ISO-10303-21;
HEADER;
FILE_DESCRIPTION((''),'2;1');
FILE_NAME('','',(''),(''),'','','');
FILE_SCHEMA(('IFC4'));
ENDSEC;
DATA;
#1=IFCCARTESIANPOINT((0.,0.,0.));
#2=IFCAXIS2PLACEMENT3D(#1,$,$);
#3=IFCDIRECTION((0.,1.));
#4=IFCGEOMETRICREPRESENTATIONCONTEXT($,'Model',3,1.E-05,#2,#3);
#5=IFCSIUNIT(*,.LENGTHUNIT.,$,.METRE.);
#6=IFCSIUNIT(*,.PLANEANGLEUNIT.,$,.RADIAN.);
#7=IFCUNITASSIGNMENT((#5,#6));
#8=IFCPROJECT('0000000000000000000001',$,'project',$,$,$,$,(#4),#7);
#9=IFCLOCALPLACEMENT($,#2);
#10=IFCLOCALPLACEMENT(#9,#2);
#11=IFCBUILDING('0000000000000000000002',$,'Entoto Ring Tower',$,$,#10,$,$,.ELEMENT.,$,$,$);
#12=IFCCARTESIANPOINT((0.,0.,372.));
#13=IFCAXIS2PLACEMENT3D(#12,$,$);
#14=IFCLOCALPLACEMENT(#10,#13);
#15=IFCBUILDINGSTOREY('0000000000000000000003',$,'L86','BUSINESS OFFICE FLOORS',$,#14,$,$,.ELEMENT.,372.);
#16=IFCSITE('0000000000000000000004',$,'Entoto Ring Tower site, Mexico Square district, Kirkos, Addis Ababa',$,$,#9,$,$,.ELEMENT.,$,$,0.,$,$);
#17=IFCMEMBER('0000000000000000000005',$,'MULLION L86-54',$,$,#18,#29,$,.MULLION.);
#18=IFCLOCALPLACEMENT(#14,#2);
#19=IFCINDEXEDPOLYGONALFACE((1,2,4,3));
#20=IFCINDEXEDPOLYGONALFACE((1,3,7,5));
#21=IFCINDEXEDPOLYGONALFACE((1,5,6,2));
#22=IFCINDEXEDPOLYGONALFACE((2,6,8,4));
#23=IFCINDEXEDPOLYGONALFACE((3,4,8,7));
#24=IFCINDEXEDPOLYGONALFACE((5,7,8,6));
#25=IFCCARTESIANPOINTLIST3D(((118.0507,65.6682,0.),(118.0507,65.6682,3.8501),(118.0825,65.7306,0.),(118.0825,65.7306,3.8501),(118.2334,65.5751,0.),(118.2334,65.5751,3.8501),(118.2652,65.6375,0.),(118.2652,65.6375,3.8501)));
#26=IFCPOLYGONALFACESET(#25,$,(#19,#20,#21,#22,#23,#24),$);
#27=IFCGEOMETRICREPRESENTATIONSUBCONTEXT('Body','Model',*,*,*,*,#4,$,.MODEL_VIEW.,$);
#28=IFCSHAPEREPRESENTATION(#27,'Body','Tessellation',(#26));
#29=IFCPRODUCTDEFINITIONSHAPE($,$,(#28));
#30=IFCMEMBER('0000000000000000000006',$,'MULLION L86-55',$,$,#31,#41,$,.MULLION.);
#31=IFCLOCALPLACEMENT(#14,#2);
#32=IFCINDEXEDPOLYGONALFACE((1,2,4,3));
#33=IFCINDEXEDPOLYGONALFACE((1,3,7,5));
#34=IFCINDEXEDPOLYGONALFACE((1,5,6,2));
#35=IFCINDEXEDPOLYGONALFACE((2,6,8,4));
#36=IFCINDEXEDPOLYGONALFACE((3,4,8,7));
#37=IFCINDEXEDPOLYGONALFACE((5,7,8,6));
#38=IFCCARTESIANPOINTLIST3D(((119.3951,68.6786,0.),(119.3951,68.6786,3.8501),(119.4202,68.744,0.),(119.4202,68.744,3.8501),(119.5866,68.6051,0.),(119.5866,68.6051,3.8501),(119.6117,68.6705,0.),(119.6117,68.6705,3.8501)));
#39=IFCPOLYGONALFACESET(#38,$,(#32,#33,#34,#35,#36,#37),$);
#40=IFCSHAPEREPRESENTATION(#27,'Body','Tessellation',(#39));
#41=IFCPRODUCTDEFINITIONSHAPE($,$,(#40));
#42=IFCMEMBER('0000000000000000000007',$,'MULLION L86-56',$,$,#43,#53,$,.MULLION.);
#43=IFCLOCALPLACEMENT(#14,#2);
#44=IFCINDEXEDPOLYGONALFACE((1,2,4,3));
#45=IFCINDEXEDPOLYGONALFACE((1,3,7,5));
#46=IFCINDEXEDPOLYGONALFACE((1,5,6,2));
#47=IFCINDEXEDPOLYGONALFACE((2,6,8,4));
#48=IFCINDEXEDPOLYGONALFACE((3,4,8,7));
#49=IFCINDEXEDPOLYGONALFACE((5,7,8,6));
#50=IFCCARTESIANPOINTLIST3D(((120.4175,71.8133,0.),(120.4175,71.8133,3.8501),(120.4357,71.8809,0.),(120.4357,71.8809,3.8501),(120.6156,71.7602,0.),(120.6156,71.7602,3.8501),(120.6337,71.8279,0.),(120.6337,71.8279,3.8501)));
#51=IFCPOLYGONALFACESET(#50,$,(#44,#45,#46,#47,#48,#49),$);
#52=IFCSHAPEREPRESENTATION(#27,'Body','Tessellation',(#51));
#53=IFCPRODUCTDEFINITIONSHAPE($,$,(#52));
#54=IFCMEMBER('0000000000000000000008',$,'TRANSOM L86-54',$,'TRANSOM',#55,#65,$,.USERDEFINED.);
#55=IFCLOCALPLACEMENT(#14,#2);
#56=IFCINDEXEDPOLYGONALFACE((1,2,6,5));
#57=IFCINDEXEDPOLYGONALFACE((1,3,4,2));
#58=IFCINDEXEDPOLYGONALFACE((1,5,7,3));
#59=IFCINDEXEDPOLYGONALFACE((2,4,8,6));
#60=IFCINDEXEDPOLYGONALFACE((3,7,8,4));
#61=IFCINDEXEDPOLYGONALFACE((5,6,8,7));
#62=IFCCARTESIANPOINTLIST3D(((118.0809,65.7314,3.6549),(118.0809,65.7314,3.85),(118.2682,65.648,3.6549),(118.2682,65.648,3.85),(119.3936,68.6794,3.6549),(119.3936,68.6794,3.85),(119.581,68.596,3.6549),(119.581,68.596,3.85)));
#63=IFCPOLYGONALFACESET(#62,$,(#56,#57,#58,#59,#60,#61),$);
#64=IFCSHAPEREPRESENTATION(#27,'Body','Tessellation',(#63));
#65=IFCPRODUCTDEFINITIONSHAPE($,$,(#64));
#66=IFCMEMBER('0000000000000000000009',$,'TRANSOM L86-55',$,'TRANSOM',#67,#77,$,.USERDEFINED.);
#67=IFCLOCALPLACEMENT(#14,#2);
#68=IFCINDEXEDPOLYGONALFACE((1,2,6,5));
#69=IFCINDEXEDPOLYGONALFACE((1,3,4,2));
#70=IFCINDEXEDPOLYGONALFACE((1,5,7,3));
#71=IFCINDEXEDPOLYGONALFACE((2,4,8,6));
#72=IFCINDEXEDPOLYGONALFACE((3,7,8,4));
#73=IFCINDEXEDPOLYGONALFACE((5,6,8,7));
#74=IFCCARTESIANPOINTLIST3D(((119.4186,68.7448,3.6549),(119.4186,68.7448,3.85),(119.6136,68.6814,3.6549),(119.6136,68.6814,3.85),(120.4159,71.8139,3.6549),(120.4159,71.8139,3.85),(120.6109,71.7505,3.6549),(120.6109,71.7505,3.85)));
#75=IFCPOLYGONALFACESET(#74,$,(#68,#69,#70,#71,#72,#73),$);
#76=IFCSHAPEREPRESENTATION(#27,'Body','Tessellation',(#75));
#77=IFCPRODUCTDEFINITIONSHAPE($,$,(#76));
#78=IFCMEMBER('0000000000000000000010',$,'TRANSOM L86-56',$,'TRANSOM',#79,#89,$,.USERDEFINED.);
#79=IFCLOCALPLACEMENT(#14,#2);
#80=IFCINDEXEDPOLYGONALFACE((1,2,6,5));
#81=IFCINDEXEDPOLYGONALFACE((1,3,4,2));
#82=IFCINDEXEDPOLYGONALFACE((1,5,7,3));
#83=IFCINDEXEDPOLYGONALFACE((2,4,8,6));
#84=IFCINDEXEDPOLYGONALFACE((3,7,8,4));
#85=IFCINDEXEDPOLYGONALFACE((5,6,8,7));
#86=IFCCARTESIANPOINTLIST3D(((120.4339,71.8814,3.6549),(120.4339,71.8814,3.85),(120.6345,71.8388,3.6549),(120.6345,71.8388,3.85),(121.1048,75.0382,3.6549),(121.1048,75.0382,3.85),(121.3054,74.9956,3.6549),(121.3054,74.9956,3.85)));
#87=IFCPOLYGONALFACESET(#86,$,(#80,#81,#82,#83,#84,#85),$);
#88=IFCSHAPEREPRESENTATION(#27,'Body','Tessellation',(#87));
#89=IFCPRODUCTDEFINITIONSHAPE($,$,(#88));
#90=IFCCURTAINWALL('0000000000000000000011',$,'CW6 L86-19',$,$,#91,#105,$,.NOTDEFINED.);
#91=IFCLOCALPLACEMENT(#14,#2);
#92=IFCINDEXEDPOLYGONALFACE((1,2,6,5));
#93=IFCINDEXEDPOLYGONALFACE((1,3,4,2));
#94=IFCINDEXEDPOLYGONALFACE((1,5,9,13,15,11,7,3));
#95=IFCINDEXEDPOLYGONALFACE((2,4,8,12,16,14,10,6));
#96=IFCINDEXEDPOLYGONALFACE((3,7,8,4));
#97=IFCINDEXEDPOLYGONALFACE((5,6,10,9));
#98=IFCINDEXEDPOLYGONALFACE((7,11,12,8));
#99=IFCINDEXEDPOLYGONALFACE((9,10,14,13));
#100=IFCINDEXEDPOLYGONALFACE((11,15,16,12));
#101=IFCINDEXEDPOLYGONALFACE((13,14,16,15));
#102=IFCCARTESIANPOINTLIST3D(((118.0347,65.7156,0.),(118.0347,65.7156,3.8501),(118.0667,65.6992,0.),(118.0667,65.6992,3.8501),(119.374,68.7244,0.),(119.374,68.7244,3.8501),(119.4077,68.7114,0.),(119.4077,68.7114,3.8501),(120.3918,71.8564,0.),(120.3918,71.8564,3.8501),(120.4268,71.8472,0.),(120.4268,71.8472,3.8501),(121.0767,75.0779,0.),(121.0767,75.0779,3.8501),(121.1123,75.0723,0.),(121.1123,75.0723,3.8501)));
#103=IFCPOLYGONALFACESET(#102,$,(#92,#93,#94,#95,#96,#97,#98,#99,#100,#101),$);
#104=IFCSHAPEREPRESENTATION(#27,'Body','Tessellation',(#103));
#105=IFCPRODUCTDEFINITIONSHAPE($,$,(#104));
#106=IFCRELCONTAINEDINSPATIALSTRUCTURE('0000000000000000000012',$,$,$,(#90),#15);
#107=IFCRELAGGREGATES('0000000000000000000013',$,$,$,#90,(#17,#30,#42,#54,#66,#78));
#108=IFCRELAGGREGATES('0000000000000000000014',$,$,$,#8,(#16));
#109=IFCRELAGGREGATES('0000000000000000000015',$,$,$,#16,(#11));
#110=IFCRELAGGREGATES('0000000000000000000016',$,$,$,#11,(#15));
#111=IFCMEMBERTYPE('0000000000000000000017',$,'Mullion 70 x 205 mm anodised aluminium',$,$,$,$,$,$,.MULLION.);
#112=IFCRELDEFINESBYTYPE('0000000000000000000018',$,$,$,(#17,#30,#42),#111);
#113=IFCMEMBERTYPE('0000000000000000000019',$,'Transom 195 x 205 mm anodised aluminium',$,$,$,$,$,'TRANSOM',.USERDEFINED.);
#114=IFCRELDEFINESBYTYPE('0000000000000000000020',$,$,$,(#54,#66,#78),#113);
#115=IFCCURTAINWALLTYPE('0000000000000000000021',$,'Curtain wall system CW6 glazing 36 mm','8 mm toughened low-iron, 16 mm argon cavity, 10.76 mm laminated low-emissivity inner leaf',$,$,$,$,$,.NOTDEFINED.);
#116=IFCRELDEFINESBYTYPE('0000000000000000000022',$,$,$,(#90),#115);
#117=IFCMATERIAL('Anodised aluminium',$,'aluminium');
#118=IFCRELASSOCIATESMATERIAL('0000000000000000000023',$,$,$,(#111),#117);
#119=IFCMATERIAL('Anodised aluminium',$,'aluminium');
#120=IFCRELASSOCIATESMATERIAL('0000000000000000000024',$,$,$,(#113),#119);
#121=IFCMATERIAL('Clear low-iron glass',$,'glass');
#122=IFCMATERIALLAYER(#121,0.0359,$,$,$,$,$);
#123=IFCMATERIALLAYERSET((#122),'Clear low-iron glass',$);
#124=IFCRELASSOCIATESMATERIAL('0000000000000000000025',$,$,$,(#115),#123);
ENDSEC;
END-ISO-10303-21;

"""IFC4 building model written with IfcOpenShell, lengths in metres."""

from ifc_helpers import new_model, si_unit, direction, frame, origin, origin_2d, place, context, subcontext, project, spatial, polyline, rectangle, outline, extrude, material, layer, layer_set, material_profile, profile_set, type_object, element, aggregate, save


model = new_model("IFC4")

# Units and contexts
model_context = context("Model", 3, precision=1e-05, world=origin(), true_north=direction((0.0, 1.0)))
body_context = subcontext(model_context, "Body", "Model", "MODEL_VIEW")
ifc_project = project(units=[si_unit("LENGTHUNIT", "METRE"), si_unit("PLANEANGLEUNIT", "RADIAN")], contexts=[model_context])

# Members
ifc_material_1 = material(Name="Anodised aluminium", Category="aluminium")
ifc_material_profile_1 = material_profile(ifc_material_1, rectangle(XDim=0.0701, YDim=0.2051, at=origin_2d()), Name="Mullion 70 x 205 mm anodised aluminium")
ifc_profile_set_1 = profile_set([ifc_material_profile_1], Name="Anodised aluminium")
member_type_1 = type_object("IfcMemberType", Name="Mullion 70 x 205 mm anodised aluminium", PredefinedType="MULLION", material=ifc_profile_set_1)
site_placement = place(None, origin())
building_placement = place(site_placement, origin())
storey_placement = place(building_placement, frame((0.0, 0.0, 372.0)))
member_1_placement = place(storey_placement, frame((118.158, 65.6528, 0.0), z_axis=(0.0, 0.0, 1.0), x_axis=(0.45399, 0.891007, 0.0)))
member_1 = element("IfcMember", 1, at=member_1_placement, type_object=member_type_1, Name="MULLION L86-54", PredefinedType="MULLION", context=body_context, shape_type="SweptSolid", body=[
    extrude(rectangle(XDim=0.0701, YDim=0.2051, at=origin_2d()), origin(), (0.0, 0.0, 1.0), 3.8501),
])
member_2_placement = place(storey_placement, frame((119.5034, 68.6746, 0.0), z_axis=(0.0, 0.0, 1.0), x_axis=(0.358368, 0.93358, 0.0)))
member_2 = element("IfcMember", 2, at=member_2_placement, type_object=member_type_1, Name="MULLION L86-55", PredefinedType="MULLION", context=body_context, shape_type="SweptSolid", body=[
    extrude(rectangle(XDim=0.0701, YDim=0.2051, at=origin_2d()), origin(), (0.0, 0.0, 1.0), 3.8501),
])
member_3_placement = place(storey_placement, frame((120.5256, 71.8206, 0.0), z_axis=(0.0, 0.0, 1.0), x_axis=(0.258819, 0.965926, 0.0)))
member_3 = element("IfcMember", 3, at=member_3_placement, type_object=member_type_1, Name="MULLION L86-56", PredefinedType="MULLION", context=body_context, shape_type="SweptSolid", body=[
    extrude(rectangle(XDim=0.0701, YDim=0.2051, at=origin_2d()), origin(), (0.0, 0.0, 1.0), 3.8501),
])
ifc_material_2 = material(Name="Anodised aluminium", Category="aluminium")
ifc_material_profile_2 = material_profile(ifc_material_2, rectangle(XDim=0.2051, YDim=0.1951, at=origin_2d()), Name="Transom 195 x 205 mm anodised aluminium")
ifc_profile_set_2 = profile_set([ifc_material_profile_2], Name="Anodised aluminium")
member_type_2 = type_object("IfcMemberType", Name="Transom 195 x 205 mm anodised aluminium", ElementType="TRANSOM", PredefinedType="USERDEFINED", material=ifc_profile_set_2)
member_4_placement = place(storey_placement, frame((118.1746, 65.6897, 3.7524), z_axis=(0.406791, 0.913521, 0.0), x_axis=(-0.913521, 0.406791, 0.0)))
member_4 = element("IfcMember", 4, at=member_4_placement, type_object=member_type_2, Name="TRANSOM L86-54", ObjectType="TRANSOM", PredefinedType="USERDEFINED", context=body_context, shape_type="SweptSolid", body=[
    extrude(rectangle(XDim=0.2051, YDim=0.1951, at=origin_2d()), origin(), (0.0, 0.0, 1.0), 3.2271),
])
member_5_placement = place(storey_placement, frame((119.5161, 68.7131, 3.7524), z_axis=(0.309047, 0.951047, 0.0), x_axis=(-0.951047, 0.309047, 0.0)))
member_5 = element("IfcMember", 5, at=member_5_placement, type_object=member_type_2, Name="TRANSOM L86-55", ObjectType="TRANSOM", PredefinedType="USERDEFINED", context=body_context, shape_type="SweptSolid", body=[
    extrude(rectangle(XDim=0.2051, YDim=0.1951, at=origin_2d()), origin(), (0.0, 0.0, 1.0), 3.2271),
])
member_6_placement = place(storey_placement, frame((120.5342, 71.8601, 3.7524), z_axis=(0.207886, 0.978153, 0.0), x_axis=(-0.978153, 0.207886, 0.0)))
member_6 = element("IfcMember", 6, at=member_6_placement, type_object=member_type_2, Name="TRANSOM L86-56", ObjectType="TRANSOM", PredefinedType="USERDEFINED", context=body_context, shape_type="SweptSolid", body=[
    extrude(rectangle(XDim=0.2051, YDim=0.1951, at=origin_2d()), origin(), (0.0, 0.0, 1.0), 3.2273),
])

# Site, building, storey
site = spatial("IfcSite", under=ifc_project, at=site_placement, Name="Entoto Ring Tower site, Mexico Square district, Kirkos, Addis Ababa", CompositionType="ELEMENT", RefElevation=0.0)
building = spatial("IfcBuilding", under=site, at=building_placement, Name="Entoto Ring Tower", CompositionType="ELEMENT")
storey = spatial("IfcBuildingStorey", under=building, at=storey_placement, Name="L86", Description="BUSINESS OFFICE FLOORS", CompositionType="ELEMENT", Elevation=372.0)

# Curtain wall
ifc_material_3 = material(Name="Clear low-iron glass", Category="glass")
ifc_layer = layer(ifc_material_3, 0.0359)
ifc_layer_set = layer_set([ifc_layer], Name="Clear low-iron glass")
curtain_wall_type = type_object("IfcCurtainWallType", Name="Curtain wall system CW6 glazing 36 mm", Description="8 mm toughened low-iron, 16 mm argon cavity, 10.76 mm laminated low-emissivity inner leaf", PredefinedType="NOTDEFINED", material=ifc_layer_set)
curtain_wall_1_placement = place(storey_placement, origin())
curtain_wall_1 = element("IfcCurtainWall", 7, at=curtain_wall_1_placement, inside=storey, type_object=curtain_wall_type, Name="CW6 L86-19", PredefinedType="NOTDEFINED", context=body_context, shape_type="SweptSolid", body=[
    extrude(outline(polyline([(118.0667, 65.6992), (119.4077, 68.7114), (120.4268, 71.8472), (121.1123, 75.0723), (121.0767, 75.0779), (120.3918, 71.8564), (119.374, 68.7244), (118.0347, 65.7156), (118.0667, 65.6992)])), origin(), (0.0, 0.0, 1.0), 3.8501),
])
aggregate(curtain_wall_1, [member_1, member_2, member_3, member_4, member_5, member_6])

save(model, "model.ifc")
